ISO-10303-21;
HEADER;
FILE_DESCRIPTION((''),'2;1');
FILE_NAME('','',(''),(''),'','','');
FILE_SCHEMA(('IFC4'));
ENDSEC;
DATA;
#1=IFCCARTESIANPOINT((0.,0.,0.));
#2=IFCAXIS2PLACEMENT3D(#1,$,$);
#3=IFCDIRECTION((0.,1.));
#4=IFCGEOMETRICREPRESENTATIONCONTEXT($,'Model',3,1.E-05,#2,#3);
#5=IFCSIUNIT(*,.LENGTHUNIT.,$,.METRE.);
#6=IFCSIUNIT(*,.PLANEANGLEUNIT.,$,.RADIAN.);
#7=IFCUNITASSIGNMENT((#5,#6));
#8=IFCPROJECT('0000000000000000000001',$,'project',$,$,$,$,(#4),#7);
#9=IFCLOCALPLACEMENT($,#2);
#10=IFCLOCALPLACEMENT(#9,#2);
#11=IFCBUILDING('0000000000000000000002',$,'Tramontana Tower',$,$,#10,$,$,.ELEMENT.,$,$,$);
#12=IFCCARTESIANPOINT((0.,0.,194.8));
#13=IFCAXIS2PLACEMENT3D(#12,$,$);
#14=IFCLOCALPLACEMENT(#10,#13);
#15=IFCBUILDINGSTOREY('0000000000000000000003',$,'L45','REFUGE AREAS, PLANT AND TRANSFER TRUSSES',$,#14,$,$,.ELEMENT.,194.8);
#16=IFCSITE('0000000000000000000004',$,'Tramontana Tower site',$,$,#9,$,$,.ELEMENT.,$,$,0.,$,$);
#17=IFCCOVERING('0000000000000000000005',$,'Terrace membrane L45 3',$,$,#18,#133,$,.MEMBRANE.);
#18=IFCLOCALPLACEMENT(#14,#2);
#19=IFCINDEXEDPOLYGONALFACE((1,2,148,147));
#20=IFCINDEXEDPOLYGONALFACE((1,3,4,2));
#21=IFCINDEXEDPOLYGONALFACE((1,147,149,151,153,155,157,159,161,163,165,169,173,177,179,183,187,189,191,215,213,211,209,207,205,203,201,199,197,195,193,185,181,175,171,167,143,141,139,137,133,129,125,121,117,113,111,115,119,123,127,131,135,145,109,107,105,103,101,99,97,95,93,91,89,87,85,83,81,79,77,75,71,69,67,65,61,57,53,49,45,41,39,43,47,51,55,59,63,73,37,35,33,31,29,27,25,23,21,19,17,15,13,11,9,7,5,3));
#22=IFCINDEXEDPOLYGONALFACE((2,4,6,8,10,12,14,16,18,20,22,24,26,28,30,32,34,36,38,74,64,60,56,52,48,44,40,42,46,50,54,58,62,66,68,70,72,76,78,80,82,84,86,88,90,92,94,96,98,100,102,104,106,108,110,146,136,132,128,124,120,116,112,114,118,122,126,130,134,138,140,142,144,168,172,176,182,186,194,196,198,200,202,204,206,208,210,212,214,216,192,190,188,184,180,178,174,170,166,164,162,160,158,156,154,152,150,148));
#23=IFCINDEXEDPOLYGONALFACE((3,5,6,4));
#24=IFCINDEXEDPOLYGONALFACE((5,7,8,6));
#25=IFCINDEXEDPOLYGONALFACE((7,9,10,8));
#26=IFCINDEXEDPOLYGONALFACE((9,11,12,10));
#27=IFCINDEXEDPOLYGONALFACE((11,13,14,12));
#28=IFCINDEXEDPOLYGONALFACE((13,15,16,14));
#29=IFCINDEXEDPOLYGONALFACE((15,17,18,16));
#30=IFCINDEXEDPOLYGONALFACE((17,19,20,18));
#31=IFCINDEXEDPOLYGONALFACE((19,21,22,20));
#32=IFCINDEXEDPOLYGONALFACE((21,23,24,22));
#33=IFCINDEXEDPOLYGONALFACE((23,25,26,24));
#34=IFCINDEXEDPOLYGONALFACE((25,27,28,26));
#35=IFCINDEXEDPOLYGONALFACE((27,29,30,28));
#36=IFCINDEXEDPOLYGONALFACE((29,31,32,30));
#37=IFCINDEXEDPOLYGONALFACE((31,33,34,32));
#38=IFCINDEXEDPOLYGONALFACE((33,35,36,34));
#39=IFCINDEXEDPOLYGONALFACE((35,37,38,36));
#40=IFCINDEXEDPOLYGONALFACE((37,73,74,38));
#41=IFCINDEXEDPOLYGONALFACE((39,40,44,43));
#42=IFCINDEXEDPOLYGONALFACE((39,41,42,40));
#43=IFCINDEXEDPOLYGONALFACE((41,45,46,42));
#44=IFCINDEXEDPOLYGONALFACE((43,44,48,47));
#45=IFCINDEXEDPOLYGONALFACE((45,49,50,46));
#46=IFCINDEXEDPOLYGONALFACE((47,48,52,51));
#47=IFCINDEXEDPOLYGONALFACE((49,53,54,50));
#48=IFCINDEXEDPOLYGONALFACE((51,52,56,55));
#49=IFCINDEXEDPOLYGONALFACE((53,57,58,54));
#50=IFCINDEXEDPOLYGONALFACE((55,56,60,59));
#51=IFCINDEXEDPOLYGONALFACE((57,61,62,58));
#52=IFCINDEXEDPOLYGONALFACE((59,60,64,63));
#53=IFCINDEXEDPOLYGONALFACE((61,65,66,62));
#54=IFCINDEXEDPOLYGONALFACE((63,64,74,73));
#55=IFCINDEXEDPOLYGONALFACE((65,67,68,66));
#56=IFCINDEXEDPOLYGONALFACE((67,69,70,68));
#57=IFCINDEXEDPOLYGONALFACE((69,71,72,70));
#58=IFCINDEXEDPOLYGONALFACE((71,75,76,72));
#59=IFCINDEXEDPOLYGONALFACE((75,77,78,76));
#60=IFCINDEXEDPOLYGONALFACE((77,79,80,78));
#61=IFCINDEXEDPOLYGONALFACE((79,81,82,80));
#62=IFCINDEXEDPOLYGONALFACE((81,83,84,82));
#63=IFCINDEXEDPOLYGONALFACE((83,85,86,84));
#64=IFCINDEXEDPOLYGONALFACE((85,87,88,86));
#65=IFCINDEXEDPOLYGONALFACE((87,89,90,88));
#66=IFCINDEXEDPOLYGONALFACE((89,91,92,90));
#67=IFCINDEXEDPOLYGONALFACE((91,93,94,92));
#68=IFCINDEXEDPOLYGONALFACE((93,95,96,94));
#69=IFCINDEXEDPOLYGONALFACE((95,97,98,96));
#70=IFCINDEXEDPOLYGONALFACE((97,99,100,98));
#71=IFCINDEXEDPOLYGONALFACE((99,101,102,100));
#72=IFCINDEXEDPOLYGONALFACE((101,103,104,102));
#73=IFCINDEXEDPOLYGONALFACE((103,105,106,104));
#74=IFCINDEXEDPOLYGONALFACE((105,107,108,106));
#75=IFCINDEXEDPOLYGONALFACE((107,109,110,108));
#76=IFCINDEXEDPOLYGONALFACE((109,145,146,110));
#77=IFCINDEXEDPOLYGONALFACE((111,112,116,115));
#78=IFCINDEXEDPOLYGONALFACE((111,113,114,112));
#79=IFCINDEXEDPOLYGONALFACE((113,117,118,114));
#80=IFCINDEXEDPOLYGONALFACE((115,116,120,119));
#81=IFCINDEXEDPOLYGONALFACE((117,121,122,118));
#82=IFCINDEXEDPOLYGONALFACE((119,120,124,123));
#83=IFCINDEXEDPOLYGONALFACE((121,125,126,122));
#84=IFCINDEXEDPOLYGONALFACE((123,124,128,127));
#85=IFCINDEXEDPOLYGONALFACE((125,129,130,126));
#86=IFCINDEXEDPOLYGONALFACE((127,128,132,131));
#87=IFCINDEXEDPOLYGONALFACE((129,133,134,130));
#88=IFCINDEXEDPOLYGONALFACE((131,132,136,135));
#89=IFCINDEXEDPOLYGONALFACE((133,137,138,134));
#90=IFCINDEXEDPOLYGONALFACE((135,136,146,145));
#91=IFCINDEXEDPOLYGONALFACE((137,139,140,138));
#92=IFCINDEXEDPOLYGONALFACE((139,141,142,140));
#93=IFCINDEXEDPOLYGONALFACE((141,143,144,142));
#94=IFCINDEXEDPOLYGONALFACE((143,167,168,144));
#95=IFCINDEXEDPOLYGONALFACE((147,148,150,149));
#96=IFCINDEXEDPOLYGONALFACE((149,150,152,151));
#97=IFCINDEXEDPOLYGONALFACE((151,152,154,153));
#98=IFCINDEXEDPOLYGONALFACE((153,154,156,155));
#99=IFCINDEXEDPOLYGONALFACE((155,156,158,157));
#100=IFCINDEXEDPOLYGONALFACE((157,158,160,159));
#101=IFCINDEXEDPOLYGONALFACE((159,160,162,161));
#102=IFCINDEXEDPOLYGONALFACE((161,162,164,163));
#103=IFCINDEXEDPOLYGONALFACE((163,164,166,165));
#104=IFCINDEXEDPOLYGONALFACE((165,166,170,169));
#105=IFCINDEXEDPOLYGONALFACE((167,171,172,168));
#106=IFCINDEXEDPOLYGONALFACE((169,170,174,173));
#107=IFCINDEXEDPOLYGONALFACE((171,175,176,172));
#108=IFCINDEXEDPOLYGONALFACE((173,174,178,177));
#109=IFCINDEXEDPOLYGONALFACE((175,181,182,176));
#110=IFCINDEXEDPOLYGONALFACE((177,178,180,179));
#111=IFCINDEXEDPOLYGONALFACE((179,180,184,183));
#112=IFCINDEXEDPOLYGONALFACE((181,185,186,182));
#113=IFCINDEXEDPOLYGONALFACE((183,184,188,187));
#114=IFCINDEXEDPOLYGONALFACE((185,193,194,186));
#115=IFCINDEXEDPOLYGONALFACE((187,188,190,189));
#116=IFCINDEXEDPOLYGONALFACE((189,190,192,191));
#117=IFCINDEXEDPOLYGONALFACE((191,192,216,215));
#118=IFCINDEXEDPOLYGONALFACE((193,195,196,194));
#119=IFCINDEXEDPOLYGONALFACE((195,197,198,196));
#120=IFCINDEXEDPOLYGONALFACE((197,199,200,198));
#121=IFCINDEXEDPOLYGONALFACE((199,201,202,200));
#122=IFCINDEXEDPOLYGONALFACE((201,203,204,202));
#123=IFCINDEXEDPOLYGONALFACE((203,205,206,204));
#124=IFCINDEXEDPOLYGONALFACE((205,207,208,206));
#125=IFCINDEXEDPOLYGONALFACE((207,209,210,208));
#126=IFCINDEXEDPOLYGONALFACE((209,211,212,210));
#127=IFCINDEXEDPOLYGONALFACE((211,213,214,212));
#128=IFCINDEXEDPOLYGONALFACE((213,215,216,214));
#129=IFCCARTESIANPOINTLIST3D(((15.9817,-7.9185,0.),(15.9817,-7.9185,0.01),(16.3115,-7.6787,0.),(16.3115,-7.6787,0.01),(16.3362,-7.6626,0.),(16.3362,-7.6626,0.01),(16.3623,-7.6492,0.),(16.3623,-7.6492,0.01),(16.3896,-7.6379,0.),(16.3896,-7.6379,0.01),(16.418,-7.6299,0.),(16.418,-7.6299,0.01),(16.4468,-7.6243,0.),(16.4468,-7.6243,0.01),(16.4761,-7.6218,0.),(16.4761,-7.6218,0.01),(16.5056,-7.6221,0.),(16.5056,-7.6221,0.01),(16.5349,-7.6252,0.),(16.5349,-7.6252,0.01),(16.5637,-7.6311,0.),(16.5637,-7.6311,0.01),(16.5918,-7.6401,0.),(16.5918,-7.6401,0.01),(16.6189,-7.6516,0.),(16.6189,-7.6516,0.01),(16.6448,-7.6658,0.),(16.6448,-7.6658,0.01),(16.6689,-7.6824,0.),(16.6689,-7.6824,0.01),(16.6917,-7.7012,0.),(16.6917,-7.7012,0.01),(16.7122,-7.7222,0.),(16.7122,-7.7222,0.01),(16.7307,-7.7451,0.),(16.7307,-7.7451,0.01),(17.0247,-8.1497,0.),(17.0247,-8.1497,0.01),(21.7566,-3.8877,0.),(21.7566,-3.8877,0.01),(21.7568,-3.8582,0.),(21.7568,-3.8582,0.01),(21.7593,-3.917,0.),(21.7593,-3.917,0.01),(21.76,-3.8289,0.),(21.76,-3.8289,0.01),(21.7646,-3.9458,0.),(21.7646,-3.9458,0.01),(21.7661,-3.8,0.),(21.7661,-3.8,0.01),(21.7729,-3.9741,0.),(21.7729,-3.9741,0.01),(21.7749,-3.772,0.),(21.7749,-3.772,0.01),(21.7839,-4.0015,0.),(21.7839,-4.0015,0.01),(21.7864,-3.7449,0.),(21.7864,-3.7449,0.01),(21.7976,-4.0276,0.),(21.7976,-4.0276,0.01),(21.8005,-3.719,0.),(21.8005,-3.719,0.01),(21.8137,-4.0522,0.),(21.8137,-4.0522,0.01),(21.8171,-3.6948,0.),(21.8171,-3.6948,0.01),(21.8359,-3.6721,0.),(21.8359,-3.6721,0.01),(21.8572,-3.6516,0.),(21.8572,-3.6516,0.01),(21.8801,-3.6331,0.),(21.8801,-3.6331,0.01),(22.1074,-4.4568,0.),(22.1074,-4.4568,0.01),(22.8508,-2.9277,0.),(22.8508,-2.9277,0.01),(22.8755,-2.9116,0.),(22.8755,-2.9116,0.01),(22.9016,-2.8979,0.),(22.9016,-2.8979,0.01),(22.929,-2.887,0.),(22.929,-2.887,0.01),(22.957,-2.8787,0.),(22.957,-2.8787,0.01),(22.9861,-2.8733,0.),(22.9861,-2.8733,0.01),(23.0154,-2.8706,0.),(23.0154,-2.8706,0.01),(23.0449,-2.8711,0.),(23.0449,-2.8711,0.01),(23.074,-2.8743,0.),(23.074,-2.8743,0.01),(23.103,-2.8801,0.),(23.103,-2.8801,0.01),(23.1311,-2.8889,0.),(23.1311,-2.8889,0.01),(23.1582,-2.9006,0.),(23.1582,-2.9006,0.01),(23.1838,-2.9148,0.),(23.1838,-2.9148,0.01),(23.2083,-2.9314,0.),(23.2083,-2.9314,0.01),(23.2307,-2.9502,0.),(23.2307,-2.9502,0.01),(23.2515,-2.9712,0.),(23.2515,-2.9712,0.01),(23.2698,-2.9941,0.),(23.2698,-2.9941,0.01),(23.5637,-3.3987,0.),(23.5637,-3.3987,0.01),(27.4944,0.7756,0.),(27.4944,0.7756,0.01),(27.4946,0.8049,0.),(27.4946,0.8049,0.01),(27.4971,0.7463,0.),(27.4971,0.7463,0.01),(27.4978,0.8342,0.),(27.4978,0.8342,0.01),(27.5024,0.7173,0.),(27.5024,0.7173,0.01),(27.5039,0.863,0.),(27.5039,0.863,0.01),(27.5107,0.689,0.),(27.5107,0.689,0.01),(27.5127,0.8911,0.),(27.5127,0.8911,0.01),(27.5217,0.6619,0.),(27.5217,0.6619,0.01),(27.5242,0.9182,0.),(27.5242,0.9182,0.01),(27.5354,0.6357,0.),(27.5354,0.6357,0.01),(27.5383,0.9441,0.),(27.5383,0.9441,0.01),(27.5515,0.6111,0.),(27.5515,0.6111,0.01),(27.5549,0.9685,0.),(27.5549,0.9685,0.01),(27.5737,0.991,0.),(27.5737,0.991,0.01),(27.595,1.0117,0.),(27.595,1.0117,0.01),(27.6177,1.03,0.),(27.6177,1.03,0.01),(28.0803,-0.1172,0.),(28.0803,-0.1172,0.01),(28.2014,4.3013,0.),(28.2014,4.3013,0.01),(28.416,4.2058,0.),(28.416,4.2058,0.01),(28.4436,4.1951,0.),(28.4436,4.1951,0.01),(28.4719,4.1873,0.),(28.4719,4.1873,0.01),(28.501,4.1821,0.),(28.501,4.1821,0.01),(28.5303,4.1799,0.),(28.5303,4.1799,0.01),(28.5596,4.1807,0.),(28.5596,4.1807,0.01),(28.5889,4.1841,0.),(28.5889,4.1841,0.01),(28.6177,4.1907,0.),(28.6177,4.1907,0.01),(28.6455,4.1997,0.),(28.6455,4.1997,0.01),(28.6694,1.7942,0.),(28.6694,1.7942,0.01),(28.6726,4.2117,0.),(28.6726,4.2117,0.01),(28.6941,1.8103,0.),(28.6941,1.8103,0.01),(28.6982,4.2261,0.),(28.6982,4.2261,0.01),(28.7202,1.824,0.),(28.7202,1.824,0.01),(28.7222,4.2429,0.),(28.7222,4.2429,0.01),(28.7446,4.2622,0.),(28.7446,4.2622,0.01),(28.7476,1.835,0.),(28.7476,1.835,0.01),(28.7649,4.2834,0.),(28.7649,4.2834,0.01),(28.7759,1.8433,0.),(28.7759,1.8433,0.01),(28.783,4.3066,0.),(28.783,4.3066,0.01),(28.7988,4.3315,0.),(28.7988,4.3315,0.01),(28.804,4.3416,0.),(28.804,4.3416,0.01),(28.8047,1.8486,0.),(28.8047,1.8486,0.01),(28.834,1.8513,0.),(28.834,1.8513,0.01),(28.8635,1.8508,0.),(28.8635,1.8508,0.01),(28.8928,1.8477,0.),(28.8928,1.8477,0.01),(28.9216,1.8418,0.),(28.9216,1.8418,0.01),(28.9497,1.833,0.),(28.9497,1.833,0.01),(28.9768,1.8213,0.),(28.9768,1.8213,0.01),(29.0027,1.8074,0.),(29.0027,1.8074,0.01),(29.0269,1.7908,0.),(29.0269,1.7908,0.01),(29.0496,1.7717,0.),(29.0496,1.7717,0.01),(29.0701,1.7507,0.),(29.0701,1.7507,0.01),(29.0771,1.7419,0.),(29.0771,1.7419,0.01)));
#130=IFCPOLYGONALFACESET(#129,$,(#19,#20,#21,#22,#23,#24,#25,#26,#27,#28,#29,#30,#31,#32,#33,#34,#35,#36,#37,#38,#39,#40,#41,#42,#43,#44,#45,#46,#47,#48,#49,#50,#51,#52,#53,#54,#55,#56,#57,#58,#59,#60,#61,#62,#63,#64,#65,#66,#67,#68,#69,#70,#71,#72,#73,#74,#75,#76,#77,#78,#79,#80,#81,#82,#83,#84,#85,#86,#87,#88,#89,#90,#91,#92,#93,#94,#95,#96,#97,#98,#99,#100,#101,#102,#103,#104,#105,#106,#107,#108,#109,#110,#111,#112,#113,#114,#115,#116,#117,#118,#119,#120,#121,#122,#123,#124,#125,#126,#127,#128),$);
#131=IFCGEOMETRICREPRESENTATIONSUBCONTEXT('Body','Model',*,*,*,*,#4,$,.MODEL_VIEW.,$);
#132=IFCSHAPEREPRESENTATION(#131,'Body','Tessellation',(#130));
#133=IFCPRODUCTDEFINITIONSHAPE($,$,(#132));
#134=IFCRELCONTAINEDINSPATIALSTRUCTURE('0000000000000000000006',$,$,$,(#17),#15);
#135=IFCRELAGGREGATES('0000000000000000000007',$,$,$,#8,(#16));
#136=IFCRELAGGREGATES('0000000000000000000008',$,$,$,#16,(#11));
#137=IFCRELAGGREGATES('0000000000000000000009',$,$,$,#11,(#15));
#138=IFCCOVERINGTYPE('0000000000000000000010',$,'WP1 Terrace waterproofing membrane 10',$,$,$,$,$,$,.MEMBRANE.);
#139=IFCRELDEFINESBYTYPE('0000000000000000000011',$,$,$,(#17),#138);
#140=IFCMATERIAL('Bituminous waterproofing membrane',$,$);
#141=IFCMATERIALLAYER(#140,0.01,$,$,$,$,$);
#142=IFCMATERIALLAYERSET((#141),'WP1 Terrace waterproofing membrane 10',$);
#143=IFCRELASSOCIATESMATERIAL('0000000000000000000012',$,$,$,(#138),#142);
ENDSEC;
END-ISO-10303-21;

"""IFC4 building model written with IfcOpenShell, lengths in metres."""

from ifc_helpers import new_model, si_unit, direction, frame, origin, place, context, subcontext, project, spatial, polyline, outline, extrude, material, layer, layer_set, type_object, element, save


model = new_model("IFC4")

# Units and contexts
model_context = context("Model", 3, precision=1e-05, world=origin(), true_north=direction((0.0, 1.0)))
body_context = subcontext(model_context, "Body", "Model", "MODEL_VIEW")
ifc_project = project(units=[si_unit("LENGTHUNIT", "METRE"), si_unit("PLANEANGLEUNIT", "RADIAN")], contexts=[model_context])

# Site, building, storey
site_placement = place(None, origin())
site = spatial("IfcSite", under=ifc_project, at=site_placement, Name="Tramontana Tower site", CompositionType="ELEMENT", RefElevation=0.0)
building_placement = place(site_placement, origin())
building = spatial("IfcBuilding", under=site, at=building_placement, Name="Tramontana Tower", CompositionType="ELEMENT")
storey_placement = place(building_placement, frame((0.0, 0.0, 194.8)))
storey = spatial("IfcBuildingStorey", under=building, at=storey_placement, Name="L45", Description="REFUGE AREAS, PLANT AND TRANSFER TRUSSES", CompositionType="ELEMENT", Elevation=194.8)

# Covering
ifc_material_1 = material(Name="Bituminous waterproofing membrane")
ifc_layer_1 = layer(ifc_material_1, 0.01)
ifc_layer_set_1 = layer_set([ifc_layer_1], Name="WP1 Terrace waterproofing membrane 10")
covering_type_1 = type_object("IfcCoveringType", Name="WP1 Terrace waterproofing membrane 10", PredefinedType="MEMBRANE", material=ifc_layer_set_1)
covering_1_placement = place(storey_placement, origin())
element("IfcCovering", 1, at=covering_1_placement, inside=storey, type_object=covering_type_1, Name="Terrace membrane L45 3", PredefinedType="MEMBRANE", context=body_context, shape_type="SweptSolid", body=[
    extrude(outline(polyline([(29.0771, 1.7419), (29.0701, 1.7507), (29.0496, 1.7717), (29.0269, 1.7908), (29.0027, 1.8074), (28.9768, 1.8213), (28.9497, 1.833), (28.9216, 1.8418), (28.8928, 1.8477), (28.8635, 1.8508), (28.834, 1.8513), (28.8047, 1.8486), (28.7759, 1.8433), (28.7476, 1.835), (28.7202, 1.824), (28.6941, 1.8103), (28.6694, 1.7942), (27.6177, 1.03), (27.595, 1.0117), (27.5737, 0.991), (27.5549, 0.9685), (27.5383, 0.9441), (27.5242, 0.9182), (27.5127, 0.8911), (27.5039, 0.863), (27.4978, 0.8342), (27.4946, 0.8049), (27.4944, 0.7756), (27.4971, 0.7463), (27.5024, 0.7173), (27.5107, 0.689), (27.5217, 0.6619), (27.5354, 0.6357), (27.5515, 0.6111), (28.0803, -0.1172), (23.5637, -3.3987), (23.2698, -2.9941), (23.2515, -2.9712), (23.2307, -2.9502), (23.2083, -2.9314), (23.1838, -2.9148), (23.1582, -2.9006), (23.1311, -2.8889), (23.103, -2.8801), (23.074, -2.8743), (23.0449, -2.8711), (23.0154, -2.8706), (22.9861, -2.8733), (22.957, -2.8787), (22.929, -2.887), (22.9016, -2.8979), (22.8755, -2.9116), (22.8508, -2.9277), (21.8801, -3.6331), (21.8572, -3.6516), (21.8359, -3.6721), (21.8171, -3.6948), (21.8005, -3.719), (21.7864, -3.7449), (21.7749, -3.772), (21.7661, -3.8), (21.76, -3.8289), (21.7568, -3.8582), (21.7566, -3.8877), (21.7593, -3.917), (21.7646, -3.9458), (21.7729, -3.9741), (21.7839, -4.0015), (21.7976, -4.0276), (21.8137, -4.0522), (22.1074, -4.4568), (17.0247, -8.1497), (16.7307, -7.7451), (16.7122, -7.7222), (16.6917, -7.7012), (16.6689, -7.6824), (16.6448, -7.6658), (16.6189, -7.6516), (16.5918, -7.6401), (16.5637, -7.6311), (16.5349, -7.6252), (16.5056, -7.6221), (16.4761, -7.6218), (16.4468, -7.6243), (16.418, -7.6299), (16.3896, -7.6379), (16.3623, -7.6492), (16.3362, -7.6626), (16.3115, -7.6787), (15.9817, -7.9185), (28.2014, 4.3013), (28.416, 4.2058), (28.4436, 4.1951), (28.4719, 4.1873), (28.501, 4.1821), (28.5303, 4.1799), (28.5596, 4.1807), (28.5889, 4.1841), (28.6177, 4.1907), (28.6455, 4.1997), (28.6726, 4.2117), (28.6982, 4.2261), (28.7222, 4.2429), (28.7446, 4.2622), (28.7649, 4.2834), (28.783, 4.3066), (28.7988, 4.3315), (28.804, 4.3416), (29.0771, 1.7419)])), origin(), (0.0, 0.0, 1.0), 0.01),
])

save(model, "model.ifc")
